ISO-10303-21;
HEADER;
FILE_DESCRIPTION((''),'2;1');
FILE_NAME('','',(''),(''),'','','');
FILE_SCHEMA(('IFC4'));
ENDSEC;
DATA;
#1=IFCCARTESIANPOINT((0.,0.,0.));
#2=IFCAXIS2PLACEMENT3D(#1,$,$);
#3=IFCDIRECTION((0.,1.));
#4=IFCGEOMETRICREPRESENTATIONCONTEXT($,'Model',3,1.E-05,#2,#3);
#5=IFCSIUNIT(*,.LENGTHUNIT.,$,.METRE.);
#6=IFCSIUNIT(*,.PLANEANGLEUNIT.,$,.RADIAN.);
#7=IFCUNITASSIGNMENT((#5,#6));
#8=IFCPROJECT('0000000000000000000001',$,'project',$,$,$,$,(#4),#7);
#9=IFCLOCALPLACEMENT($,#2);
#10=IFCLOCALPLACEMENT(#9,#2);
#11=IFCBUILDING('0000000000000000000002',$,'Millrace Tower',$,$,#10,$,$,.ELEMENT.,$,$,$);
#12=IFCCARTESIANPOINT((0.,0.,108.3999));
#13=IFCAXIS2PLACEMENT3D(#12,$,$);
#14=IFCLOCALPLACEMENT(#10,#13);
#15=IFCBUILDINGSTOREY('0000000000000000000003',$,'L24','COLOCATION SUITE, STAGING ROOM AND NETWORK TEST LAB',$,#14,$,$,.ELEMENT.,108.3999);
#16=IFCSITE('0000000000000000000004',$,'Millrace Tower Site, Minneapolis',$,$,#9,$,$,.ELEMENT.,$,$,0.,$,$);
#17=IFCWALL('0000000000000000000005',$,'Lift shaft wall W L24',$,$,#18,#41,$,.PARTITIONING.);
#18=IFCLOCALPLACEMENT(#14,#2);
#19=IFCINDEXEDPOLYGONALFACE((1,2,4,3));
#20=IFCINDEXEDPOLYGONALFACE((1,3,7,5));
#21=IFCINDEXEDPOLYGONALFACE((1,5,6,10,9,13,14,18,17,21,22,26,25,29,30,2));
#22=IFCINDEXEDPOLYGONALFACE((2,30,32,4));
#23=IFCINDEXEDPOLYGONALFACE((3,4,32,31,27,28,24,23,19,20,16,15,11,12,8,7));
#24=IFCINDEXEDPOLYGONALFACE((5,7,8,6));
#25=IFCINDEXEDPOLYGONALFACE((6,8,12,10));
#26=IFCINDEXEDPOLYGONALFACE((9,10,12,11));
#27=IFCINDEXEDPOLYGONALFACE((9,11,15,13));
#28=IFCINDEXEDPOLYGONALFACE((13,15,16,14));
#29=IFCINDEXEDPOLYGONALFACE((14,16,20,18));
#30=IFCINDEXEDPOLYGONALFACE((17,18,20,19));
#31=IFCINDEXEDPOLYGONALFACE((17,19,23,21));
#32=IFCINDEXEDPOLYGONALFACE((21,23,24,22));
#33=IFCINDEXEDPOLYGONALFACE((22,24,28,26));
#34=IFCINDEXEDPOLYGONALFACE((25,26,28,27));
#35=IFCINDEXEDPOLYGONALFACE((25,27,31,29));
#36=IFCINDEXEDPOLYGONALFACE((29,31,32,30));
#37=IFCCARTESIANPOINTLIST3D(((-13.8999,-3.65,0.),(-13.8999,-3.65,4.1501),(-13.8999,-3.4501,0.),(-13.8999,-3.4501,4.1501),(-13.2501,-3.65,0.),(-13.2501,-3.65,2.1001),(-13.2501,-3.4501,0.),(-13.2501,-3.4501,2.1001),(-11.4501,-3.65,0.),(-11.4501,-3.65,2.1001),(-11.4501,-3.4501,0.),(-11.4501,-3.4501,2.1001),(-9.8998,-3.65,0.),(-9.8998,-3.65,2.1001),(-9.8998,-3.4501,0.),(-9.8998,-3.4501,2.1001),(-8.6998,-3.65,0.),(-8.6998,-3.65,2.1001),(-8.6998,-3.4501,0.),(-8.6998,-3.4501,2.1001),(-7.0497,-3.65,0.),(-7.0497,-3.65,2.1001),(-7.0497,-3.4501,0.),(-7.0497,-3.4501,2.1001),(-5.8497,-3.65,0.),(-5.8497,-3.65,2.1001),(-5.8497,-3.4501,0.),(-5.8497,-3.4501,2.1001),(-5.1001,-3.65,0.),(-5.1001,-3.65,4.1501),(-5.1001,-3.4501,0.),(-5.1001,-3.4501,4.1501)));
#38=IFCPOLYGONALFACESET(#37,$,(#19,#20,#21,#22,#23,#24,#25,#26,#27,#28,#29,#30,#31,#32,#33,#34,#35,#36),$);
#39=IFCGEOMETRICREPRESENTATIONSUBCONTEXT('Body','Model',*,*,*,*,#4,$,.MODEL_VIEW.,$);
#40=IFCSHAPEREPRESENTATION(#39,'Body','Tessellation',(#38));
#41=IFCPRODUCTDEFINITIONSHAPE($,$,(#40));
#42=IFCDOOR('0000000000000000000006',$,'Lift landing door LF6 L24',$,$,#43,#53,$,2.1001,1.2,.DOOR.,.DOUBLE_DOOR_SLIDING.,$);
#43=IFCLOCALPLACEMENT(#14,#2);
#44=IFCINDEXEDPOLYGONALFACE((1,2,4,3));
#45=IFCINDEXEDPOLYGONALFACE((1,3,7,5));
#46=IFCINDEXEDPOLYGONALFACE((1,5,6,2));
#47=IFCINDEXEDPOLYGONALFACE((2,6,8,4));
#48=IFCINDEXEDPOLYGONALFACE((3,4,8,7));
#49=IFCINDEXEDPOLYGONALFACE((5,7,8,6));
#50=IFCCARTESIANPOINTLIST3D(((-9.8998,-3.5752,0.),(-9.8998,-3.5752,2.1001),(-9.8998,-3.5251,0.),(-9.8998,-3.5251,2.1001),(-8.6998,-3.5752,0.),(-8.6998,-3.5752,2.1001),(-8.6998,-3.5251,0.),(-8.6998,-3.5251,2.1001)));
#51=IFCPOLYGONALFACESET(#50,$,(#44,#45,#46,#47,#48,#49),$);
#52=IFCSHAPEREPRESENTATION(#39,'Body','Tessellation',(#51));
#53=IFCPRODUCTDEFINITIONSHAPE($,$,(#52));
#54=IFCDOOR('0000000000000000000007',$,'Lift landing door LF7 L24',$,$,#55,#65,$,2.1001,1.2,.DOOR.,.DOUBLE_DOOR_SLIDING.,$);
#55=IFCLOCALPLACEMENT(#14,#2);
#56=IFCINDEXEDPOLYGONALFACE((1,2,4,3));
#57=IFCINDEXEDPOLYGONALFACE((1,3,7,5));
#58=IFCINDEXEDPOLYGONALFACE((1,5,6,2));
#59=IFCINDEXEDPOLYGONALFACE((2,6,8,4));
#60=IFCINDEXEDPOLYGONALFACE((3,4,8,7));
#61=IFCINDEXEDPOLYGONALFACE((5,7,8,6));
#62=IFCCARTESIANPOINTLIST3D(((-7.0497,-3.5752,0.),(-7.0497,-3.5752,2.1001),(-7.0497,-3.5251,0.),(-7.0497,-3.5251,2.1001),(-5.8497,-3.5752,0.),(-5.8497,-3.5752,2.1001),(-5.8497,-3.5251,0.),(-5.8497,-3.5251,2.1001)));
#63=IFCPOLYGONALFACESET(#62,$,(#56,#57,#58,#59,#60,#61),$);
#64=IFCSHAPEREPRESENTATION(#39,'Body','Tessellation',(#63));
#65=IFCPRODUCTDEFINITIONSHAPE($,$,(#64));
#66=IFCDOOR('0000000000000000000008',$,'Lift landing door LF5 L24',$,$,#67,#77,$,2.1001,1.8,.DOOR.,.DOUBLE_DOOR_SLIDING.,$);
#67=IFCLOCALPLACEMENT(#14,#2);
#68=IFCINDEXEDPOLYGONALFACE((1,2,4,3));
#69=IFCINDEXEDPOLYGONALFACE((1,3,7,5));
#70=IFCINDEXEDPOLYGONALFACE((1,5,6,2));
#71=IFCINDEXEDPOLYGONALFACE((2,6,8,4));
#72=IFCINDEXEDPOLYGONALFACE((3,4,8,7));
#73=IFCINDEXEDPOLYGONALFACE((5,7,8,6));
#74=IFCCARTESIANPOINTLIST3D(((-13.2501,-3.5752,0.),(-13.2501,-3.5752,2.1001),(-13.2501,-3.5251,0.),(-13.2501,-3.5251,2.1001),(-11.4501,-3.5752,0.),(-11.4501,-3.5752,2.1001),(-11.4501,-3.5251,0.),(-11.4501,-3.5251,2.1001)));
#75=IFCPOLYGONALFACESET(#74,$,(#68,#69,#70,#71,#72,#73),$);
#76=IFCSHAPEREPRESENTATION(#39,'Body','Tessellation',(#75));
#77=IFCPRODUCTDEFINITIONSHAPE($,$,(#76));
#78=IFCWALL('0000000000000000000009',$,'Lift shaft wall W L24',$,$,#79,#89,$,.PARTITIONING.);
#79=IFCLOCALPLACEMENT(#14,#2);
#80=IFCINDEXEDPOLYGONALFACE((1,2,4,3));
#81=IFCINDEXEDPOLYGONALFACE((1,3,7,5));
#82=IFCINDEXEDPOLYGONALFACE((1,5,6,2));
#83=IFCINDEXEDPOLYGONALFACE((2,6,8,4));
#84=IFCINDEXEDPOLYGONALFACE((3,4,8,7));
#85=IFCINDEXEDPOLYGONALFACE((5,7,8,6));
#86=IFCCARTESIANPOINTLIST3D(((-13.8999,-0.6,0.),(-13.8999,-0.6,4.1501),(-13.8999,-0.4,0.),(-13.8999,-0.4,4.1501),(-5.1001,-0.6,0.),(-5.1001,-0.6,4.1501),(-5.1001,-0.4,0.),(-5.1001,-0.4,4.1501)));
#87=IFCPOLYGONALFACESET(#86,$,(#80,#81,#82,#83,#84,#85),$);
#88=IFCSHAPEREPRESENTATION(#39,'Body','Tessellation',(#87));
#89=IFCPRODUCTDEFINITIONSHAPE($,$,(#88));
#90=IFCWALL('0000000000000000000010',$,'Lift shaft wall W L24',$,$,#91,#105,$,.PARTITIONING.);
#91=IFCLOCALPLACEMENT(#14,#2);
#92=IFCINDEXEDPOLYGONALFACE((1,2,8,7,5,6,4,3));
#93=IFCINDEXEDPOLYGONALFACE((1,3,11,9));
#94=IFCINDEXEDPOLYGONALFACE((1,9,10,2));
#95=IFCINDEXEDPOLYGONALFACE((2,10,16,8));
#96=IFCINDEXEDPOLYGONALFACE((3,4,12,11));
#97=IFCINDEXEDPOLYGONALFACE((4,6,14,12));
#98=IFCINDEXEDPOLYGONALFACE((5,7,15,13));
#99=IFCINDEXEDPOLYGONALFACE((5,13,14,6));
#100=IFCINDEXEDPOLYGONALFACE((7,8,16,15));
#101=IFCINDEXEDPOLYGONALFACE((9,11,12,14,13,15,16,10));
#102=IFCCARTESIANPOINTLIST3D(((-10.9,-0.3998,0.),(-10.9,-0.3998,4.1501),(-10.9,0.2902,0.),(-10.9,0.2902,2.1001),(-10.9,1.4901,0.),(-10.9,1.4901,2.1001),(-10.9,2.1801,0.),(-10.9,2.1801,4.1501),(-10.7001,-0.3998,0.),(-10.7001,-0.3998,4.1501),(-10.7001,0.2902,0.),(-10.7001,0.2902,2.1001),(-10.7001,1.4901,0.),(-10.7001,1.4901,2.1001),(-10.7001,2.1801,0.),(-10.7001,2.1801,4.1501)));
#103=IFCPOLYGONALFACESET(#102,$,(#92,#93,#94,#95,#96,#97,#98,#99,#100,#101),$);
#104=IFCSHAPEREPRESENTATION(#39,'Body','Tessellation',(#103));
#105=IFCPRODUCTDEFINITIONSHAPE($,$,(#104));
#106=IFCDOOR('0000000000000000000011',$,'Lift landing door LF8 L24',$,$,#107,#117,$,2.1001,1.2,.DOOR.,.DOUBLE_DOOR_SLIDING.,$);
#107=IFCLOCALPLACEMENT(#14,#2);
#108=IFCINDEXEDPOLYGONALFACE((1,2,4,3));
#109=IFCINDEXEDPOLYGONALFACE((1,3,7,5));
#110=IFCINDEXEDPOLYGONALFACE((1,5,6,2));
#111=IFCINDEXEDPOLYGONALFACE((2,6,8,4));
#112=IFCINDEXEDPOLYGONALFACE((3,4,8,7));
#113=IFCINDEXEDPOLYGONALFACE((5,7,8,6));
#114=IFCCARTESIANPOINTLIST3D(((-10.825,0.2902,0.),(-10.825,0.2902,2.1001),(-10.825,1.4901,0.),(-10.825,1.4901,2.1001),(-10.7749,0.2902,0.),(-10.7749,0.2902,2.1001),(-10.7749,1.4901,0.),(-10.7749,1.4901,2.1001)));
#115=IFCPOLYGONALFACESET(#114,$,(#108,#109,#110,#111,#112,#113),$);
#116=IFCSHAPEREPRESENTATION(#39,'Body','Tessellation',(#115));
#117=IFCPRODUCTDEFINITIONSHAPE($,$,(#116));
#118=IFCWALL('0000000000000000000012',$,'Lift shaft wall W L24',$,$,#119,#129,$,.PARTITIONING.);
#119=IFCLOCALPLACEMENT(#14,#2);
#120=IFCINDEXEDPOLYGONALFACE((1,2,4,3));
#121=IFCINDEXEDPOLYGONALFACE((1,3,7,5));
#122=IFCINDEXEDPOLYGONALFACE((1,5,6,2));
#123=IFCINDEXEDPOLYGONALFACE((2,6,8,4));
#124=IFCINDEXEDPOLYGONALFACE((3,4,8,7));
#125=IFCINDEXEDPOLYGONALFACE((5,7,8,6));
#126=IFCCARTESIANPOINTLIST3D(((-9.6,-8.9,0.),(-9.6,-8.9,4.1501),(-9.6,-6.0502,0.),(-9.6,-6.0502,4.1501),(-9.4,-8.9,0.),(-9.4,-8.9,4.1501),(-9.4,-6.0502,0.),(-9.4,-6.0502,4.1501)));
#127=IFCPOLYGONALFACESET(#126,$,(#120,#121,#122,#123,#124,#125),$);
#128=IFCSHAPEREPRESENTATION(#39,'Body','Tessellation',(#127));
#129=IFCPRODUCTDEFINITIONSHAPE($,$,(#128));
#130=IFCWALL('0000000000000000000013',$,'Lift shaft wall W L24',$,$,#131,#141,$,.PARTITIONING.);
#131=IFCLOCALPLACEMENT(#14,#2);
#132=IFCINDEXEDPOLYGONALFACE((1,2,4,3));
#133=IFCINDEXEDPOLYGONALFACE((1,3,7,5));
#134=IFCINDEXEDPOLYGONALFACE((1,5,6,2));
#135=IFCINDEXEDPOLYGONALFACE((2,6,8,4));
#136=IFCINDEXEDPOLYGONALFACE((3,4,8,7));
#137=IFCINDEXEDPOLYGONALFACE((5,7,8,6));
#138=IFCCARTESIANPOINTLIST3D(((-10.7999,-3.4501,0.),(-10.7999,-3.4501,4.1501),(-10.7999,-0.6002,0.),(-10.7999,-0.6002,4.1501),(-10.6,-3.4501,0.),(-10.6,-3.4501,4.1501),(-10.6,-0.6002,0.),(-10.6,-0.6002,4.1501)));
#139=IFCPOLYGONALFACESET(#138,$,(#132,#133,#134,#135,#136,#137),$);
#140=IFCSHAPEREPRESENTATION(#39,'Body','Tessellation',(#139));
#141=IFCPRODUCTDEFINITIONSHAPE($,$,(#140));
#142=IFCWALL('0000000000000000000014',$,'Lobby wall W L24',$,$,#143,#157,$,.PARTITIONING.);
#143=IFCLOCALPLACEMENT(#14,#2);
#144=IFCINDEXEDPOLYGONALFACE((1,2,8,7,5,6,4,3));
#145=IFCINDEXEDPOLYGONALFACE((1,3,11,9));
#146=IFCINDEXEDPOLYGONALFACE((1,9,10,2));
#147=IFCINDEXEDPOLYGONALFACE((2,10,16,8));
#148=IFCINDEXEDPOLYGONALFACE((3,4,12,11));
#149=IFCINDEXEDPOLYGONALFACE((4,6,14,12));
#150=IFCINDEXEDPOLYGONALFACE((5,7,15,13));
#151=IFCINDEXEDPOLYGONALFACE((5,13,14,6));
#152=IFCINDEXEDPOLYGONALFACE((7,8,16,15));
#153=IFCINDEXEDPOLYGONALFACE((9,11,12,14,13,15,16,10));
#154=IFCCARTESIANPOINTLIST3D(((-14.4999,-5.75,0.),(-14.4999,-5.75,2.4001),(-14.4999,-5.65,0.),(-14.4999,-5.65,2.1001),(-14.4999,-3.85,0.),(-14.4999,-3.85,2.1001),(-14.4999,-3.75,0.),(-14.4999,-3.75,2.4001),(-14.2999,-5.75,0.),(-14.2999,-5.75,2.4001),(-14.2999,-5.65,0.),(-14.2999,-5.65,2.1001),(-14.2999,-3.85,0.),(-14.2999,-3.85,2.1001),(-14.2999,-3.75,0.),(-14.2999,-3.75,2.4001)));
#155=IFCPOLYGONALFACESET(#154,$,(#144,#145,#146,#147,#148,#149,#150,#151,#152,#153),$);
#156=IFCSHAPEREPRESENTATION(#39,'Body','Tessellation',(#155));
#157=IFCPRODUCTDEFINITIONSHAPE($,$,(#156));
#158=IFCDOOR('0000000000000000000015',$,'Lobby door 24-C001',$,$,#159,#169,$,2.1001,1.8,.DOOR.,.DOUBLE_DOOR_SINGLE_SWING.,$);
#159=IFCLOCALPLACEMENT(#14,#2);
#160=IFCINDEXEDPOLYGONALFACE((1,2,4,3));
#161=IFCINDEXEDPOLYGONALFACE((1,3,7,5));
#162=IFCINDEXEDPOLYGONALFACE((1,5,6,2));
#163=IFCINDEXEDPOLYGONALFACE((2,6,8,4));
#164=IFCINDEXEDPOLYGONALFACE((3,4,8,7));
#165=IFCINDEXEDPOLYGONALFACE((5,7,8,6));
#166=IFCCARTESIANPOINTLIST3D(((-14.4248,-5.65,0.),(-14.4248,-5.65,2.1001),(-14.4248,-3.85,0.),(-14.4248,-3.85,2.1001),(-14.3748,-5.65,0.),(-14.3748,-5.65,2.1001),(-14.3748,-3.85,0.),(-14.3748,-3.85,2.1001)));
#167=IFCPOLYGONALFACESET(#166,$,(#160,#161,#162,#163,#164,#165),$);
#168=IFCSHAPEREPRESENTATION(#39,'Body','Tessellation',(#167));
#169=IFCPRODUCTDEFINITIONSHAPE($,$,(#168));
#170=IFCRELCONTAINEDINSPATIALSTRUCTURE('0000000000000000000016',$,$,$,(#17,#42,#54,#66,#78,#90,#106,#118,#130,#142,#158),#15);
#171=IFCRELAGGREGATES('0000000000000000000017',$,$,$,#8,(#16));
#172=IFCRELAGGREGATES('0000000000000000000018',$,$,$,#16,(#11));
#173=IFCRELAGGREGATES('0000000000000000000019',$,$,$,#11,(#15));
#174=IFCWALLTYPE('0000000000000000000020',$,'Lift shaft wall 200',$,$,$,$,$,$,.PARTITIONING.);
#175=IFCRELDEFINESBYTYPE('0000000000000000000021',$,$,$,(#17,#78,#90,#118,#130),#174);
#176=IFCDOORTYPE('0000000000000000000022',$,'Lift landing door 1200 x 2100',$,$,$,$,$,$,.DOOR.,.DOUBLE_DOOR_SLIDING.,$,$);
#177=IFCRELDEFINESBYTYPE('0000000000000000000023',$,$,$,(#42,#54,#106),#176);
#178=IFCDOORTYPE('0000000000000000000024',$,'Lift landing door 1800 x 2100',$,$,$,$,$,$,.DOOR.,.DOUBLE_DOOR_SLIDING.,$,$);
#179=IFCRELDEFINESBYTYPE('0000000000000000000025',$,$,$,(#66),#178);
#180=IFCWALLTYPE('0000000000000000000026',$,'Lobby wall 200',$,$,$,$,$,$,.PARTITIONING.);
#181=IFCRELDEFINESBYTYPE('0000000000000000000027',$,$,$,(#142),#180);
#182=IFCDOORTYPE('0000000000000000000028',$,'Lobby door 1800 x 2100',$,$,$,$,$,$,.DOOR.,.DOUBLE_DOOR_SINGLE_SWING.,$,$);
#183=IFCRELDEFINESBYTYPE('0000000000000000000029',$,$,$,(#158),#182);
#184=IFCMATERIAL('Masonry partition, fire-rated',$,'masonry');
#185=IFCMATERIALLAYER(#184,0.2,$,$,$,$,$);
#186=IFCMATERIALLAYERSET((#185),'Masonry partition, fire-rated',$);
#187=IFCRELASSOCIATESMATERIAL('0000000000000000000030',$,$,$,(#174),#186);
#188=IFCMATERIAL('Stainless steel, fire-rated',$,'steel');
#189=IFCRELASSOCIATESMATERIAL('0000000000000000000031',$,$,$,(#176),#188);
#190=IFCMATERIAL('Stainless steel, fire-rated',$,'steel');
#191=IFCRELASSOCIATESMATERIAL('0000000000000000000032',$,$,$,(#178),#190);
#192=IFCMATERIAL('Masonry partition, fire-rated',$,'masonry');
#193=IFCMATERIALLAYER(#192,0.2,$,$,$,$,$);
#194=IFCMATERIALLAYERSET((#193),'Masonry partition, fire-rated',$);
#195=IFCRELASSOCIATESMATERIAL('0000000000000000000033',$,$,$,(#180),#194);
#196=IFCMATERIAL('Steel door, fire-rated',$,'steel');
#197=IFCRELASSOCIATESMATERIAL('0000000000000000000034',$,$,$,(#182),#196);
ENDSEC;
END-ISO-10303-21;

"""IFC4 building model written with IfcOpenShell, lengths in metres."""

from ifc_helpers import new_model, si_unit, direction, frame, frame_2d, origin, place, context, subcontext, project, spatial, rectangle, extrude, material, layer, layer_set, type_object, element, fill, save


model = new_model("IFC4")

# Units and contexts
model_context = context("Model", 3, precision=1e-05, world=origin(), true_north=direction((0.0, 1.0)))
body_context = subcontext(model_context, "Body", "Model", "MODEL_VIEW")
ifc_project = project(units=[si_unit("LENGTHUNIT", "METRE"), si_unit("PLANEANGLEUNIT", "RADIAN")], contexts=[model_context])

# Site, building, storey
site_placement = place(None, origin())
site = spatial("IfcSite", under=ifc_project, at=site_placement, Name="Millrace Tower Site, Minneapolis", CompositionType="ELEMENT", RefElevation=0.0)
building_placement = place(site_placement, origin())
building = spatial("IfcBuilding", under=site, at=building_placement, Name="Millrace Tower", CompositionType="ELEMENT")
storey_placement = place(building_placement, frame((0.0, 0.0, 108.3999)))
storey = spatial("IfcBuildingStorey", under=building, at=storey_placement, Name="L24", Description="COLOCATION SUITE, STAGING ROOM AND NETWORK TEST LAB", CompositionType="ELEMENT", Elevation=108.3999)

# Shared definitions
ifc_material_1 = material(Name="Masonry partition, fire-rated", Category="masonry")
ifc_layer_1 = layer(ifc_material_1, 0.2)
ifc_layer_set_1 = layer_set([ifc_layer_1], Name="Masonry partition, fire-rated")
wall_type_1 = type_object("IfcWallType", Name="Lift shaft wall 200", PredefinedType="PARTITIONING", material=ifc_layer_set_1)

# Wall, openings, doors
wall_1_placement = place(storey_placement, frame((-13.8999, -3.55, 0.0), z_axis=(0.0, 0.0, 1.0), x_axis=(1.0, 0.0, 0.0)))
wall_1 = element("IfcWall", 1, at=wall_1_placement, inside=storey, type_object=wall_type_1, Name="Lift shaft wall W L24", PredefinedType="PARTITIONING", context=body_context, shape_type="SweptSolid", body=[
    extrude(rectangle(XDim=8.7998, YDim=0.2, at=frame_2d((4.3999, 0.0))), origin(), (0.0, 0.0, 1.0), 4.1501),
])
opening_1_placement = place(wall_1_placement, frame((0.6499, 0.0, 0.0)))
opening_1 = element("IfcOpeningElement", 2, at=opening_1_placement, cuts=wall_1, PredefinedType="OPENING", context=body_context, shape_type="SweptSolid", body=[
    extrude(rectangle(XDim=1.8, YDim=2.1001, at=frame_2d((0.8999, 1.05))), frame((0.0, 0.1099, 0.0), z_axis=(0.0, -1.0, 0.0), x_axis=(1.0, 0.0, 0.0)), (0.0, 0.0, 1.0), 0.22),
])
opening_2_placement = place(wall_1_placement, frame((4.0, 0.0, 0.0)))
opening_2 = element("IfcOpeningElement", 3, at=opening_2_placement, cuts=wall_1, PredefinedType="OPENING", context=body_context, shape_type="SweptSolid", body=[
    extrude(rectangle(XDim=1.2, YDim=2.1001, at=frame_2d((0.6001, 1.05))), frame((0.0, 0.1099, 0.0), z_axis=(0.0, -1.0, 0.0), x_axis=(1.0, 0.0, 0.0)), (0.0, 0.0, 1.0), 0.22),
])
opening_3_placement = place(wall_1_placement, frame((6.8501, 0.0, 0.0)))
opening_3 = element("IfcOpeningElement", 4, at=opening_3_placement, cuts=wall_1, PredefinedType="OPENING", context=body_context, shape_type="SweptSolid", body=[
    extrude(rectangle(XDim=1.2, YDim=2.1001, at=frame_2d((0.6001, 1.05))), frame((0.0, 0.1099, 0.0), z_axis=(0.0, -1.0, 0.0), x_axis=(1.0, 0.0, 0.0)), (0.0, 0.0, 1.0), 0.22),
])
ifc_material_2 = material(Name="Stainless steel, fire-rated", Category="steel")
door_type_1 = type_object("IfcDoorType", Name="Lift landing door 1200 x 2100", OperationType="DOUBLE_DOOR_SLIDING", PredefinedType="DOOR", material=ifc_material_2)
door_1_placement = place(opening_2_placement, origin())
door_1 = element("IfcDoor", 5, at=door_1_placement, inside=storey, type_object=door_type_1, Name="Lift landing door LF6 L24", OperationType="DOUBLE_DOOR_SLIDING", OverallHeight=2.1001, OverallWidth=1.2, PredefinedType="DOOR", context=body_context, shape_type="SweptSolid", body=[
    extrude(rectangle(XDim=1.2, YDim=2.1001, at=frame_2d((0.6001, 1.05))), frame((0.0, 0.0249, 0.0), z_axis=(0.0, -1.0, 0.0), x_axis=(1.0, 0.0, 0.0)), (0.0, 0.0, 1.0), 0.05),
])
fill(opening_2, door_1)
door_2_placement = place(opening_3_placement, origin())
door_2 = element("IfcDoor", 6, at=door_2_placement, inside=storey, type_object=door_type_1, Name="Lift landing door LF7 L24", OperationType="DOUBLE_DOOR_SLIDING", OverallHeight=2.1001, OverallWidth=1.2, PredefinedType="DOOR", context=body_context, shape_type="SweptSolid", body=[
    extrude(rectangle(XDim=1.2, YDim=2.1001, at=frame_2d((0.6001, 1.05))), frame((0.0, 0.0249, 0.0), z_axis=(0.0, -1.0, 0.0), x_axis=(1.0, 0.0, 0.0)), (0.0, 0.0, 1.0), 0.05),
])
fill(opening_3, door_2)
ifc_material_3 = material(Name="Stainless steel, fire-rated", Category="steel")
door_type_2 = type_object("IfcDoorType", Name="Lift landing door 1800 x 2100", OperationType="DOUBLE_DOOR_SLIDING", PredefinedType="DOOR", material=ifc_material_3)
door_3_placement = place(opening_1_placement, origin())
door_3 = element("IfcDoor", 7, at=door_3_placement, inside=storey, type_object=door_type_2, Name="Lift landing door LF5 L24", OperationType="DOUBLE_DOOR_SLIDING", OverallHeight=2.1001, OverallWidth=1.8, PredefinedType="DOOR", context=body_context, shape_type="SweptSolid", body=[
    extrude(rectangle(XDim=1.8, YDim=2.1001, at=frame_2d((0.8999, 1.05))), frame((0.0, 0.0249, 0.0), z_axis=(0.0, -1.0, 0.0), x_axis=(1.0, 0.0, 0.0)), (0.0, 0.0, 1.0), 0.05),
])
fill(opening_1, door_3)

# Wall
wall_2_placement = place(storey_placement, frame((-13.8999, -0.5, 0.0), z_axis=(0.0, 0.0, 1.0), x_axis=(1.0, 0.0, 0.0)))
element("IfcWall", 8, at=wall_2_placement, inside=storey, type_object=wall_type_1, Name="Lift shaft wall W L24", PredefinedType="PARTITIONING", context=body_context, shape_type="SweptSolid", body=[
    extrude(rectangle(XDim=8.7998, YDim=0.2, at=frame_2d((4.3999, 0.0))), origin(), (0.0, 0.0, 1.0), 4.1501),
])

# Wall, opening, door
wall_3_placement = place(storey_placement, frame((-10.8, -0.3999, 0.0), z_axis=(0.0, 0.0, 1.0), x_axis=(0.0, 1.0, 0.0)))
wall_3 = element("IfcWall", 9, at=wall_3_placement, inside=storey, type_object=wall_type_1, Name="Lift shaft wall W L24", PredefinedType="PARTITIONING", context=body_context, shape_type="SweptSolid", body=[
    extrude(rectangle(XDim=2.5798, YDim=0.2, at=frame_2d((1.29, 0.0))), origin(), (0.0, 0.0, 1.0), 4.1501),
])
opening_4_placement = place(wall_3_placement, frame((0.6899, 0.0, 0.0)))
opening_4 = element("IfcOpeningElement", 10, at=opening_4_placement, cuts=wall_3, PredefinedType="OPENING", context=body_context, shape_type="SweptSolid", body=[
    extrude(rectangle(XDim=1.2, YDim=2.1001, at=frame_2d((0.6001, 1.05))), frame((0.0, 0.1099, 0.0), z_axis=(0.0, -1.0, 0.0), x_axis=(1.0, 0.0, 0.0)), (0.0, 0.0, 1.0), 0.22),
])
door_4_placement = place(opening_4_placement, origin())
door_4 = element("IfcDoor", 11, at=door_4_placement, inside=storey, type_object=door_type_1, Name="Lift landing door LF8 L24", OperationType="DOUBLE_DOOR_SLIDING", OverallHeight=2.1001, OverallWidth=1.2, PredefinedType="DOOR", context=body_context, shape_type="SweptSolid", body=[
    extrude(rectangle(XDim=1.2, YDim=2.1001, at=frame_2d((0.6001, 1.05))), frame((0.0, 0.0249, 0.0), z_axis=(0.0, -1.0, 0.0), x_axis=(1.0, 0.0, 0.0)), (0.0, 0.0, 1.0), 0.05),
])
fill(opening_4, door_4)

# Walls
for number, where, z_axis, x_axis, name in (
    (12, (-9.5, -8.8999, 0.0), (0.0, 0.0, 1.0), (0.0, 1.0, 0.0), "Lift shaft wall W L24"),
    (13, (-10.7, -3.45, 0.0), (0.0, 0.0, 1.0), (0.0, 1.0, 0.0), "Lift shaft wall W L24"),
):
    element("IfcWall", number, at=place(storey_placement, frame(where, z_axis=z_axis, x_axis=x_axis)), inside=storey, type_object=wall_type_1, Name=name, PredefinedType="PARTITIONING", context=body_context, shape_type="SweptSolid", body=[
        extrude(rectangle(XDim=2.8499, YDim=0.2, at=frame_2d((1.4248, 0.0))), origin(), (0.0, 0.0, 1.0), 4.1501),
    ])

# Wall, opening, door
ifc_material_4 = material(Name="Masonry partition, fire-rated", Category="masonry")
ifc_layer_2 = layer(ifc_material_4, 0.2)
ifc_layer_set_2 = layer_set([ifc_layer_2], Name="Masonry partition, fire-rated")
wall_type_2 = type_object("IfcWallType", Name="Lobby wall 200", PredefinedType="PARTITIONING", material=ifc_layer_set_2)
wall_4_placement = place(storey_placement, frame((-14.3999, -5.75, 0.0), z_axis=(0.0, 0.0, 1.0), x_axis=(0.0, 1.0, 0.0)))
wall_4 = element("IfcWall", 14, at=wall_4_placement, inside=storey, type_object=wall_type_2, Name="Lobby wall W L24", PredefinedType="PARTITIONING", context=body_context, shape_type="SweptSolid", body=[
    extrude(rectangle(XDim=2.0, YDim=0.2, at=frame_2d((1.0, 0.0))), origin(), (0.0, 0.0, 1.0), 2.4001),
])
opening_5_placement = place(wall_4_placement, frame((0.1001, 0.0, 0.0)))
opening_5 = element("IfcOpeningElement", 15, at=opening_5_placement, cuts=wall_4, PredefinedType="OPENING", context=body_context, shape_type="SweptSolid", body=[
    extrude(rectangle(XDim=1.8, YDim=2.1001, at=frame_2d((0.8999, 1.05))), frame((0.0, 0.1099, 0.0), z_axis=(0.0, -1.0, 0.0), x_axis=(1.0, 0.0, 0.0)), (0.0, 0.0, 1.0), 0.22),
])
ifc_material_5 = material(Name="Steel door, fire-rated", Category="steel")
door_type_3 = type_object("IfcDoorType", Name="Lobby door 1800 x 2100", OperationType="DOUBLE_DOOR_SINGLE_SWING", PredefinedType="DOOR", material=ifc_material_5)
door_5_placement = place(opening_5_placement, origin())
door_5 = element("IfcDoor", 16, at=door_5_placement, inside=storey, type_object=door_type_3, Name="Lobby door 24-C001", OperationType="DOUBLE_DOOR_SINGLE_SWING", OverallHeight=2.1001, OverallWidth=1.8, PredefinedType="DOOR", context=body_context, shape_type="SweptSolid", body=[
    extrude(rectangle(XDim=1.8, YDim=2.1001, at=frame_2d((0.8999, 1.05))), frame((0.0, 0.0249, 0.0), z_axis=(0.0, -1.0, 0.0), x_axis=(1.0, 0.0, 0.0)), (0.0, 0.0, 1.0), 0.05),
])
fill(opening_5, door_5)

save(model, "model.ifc")
